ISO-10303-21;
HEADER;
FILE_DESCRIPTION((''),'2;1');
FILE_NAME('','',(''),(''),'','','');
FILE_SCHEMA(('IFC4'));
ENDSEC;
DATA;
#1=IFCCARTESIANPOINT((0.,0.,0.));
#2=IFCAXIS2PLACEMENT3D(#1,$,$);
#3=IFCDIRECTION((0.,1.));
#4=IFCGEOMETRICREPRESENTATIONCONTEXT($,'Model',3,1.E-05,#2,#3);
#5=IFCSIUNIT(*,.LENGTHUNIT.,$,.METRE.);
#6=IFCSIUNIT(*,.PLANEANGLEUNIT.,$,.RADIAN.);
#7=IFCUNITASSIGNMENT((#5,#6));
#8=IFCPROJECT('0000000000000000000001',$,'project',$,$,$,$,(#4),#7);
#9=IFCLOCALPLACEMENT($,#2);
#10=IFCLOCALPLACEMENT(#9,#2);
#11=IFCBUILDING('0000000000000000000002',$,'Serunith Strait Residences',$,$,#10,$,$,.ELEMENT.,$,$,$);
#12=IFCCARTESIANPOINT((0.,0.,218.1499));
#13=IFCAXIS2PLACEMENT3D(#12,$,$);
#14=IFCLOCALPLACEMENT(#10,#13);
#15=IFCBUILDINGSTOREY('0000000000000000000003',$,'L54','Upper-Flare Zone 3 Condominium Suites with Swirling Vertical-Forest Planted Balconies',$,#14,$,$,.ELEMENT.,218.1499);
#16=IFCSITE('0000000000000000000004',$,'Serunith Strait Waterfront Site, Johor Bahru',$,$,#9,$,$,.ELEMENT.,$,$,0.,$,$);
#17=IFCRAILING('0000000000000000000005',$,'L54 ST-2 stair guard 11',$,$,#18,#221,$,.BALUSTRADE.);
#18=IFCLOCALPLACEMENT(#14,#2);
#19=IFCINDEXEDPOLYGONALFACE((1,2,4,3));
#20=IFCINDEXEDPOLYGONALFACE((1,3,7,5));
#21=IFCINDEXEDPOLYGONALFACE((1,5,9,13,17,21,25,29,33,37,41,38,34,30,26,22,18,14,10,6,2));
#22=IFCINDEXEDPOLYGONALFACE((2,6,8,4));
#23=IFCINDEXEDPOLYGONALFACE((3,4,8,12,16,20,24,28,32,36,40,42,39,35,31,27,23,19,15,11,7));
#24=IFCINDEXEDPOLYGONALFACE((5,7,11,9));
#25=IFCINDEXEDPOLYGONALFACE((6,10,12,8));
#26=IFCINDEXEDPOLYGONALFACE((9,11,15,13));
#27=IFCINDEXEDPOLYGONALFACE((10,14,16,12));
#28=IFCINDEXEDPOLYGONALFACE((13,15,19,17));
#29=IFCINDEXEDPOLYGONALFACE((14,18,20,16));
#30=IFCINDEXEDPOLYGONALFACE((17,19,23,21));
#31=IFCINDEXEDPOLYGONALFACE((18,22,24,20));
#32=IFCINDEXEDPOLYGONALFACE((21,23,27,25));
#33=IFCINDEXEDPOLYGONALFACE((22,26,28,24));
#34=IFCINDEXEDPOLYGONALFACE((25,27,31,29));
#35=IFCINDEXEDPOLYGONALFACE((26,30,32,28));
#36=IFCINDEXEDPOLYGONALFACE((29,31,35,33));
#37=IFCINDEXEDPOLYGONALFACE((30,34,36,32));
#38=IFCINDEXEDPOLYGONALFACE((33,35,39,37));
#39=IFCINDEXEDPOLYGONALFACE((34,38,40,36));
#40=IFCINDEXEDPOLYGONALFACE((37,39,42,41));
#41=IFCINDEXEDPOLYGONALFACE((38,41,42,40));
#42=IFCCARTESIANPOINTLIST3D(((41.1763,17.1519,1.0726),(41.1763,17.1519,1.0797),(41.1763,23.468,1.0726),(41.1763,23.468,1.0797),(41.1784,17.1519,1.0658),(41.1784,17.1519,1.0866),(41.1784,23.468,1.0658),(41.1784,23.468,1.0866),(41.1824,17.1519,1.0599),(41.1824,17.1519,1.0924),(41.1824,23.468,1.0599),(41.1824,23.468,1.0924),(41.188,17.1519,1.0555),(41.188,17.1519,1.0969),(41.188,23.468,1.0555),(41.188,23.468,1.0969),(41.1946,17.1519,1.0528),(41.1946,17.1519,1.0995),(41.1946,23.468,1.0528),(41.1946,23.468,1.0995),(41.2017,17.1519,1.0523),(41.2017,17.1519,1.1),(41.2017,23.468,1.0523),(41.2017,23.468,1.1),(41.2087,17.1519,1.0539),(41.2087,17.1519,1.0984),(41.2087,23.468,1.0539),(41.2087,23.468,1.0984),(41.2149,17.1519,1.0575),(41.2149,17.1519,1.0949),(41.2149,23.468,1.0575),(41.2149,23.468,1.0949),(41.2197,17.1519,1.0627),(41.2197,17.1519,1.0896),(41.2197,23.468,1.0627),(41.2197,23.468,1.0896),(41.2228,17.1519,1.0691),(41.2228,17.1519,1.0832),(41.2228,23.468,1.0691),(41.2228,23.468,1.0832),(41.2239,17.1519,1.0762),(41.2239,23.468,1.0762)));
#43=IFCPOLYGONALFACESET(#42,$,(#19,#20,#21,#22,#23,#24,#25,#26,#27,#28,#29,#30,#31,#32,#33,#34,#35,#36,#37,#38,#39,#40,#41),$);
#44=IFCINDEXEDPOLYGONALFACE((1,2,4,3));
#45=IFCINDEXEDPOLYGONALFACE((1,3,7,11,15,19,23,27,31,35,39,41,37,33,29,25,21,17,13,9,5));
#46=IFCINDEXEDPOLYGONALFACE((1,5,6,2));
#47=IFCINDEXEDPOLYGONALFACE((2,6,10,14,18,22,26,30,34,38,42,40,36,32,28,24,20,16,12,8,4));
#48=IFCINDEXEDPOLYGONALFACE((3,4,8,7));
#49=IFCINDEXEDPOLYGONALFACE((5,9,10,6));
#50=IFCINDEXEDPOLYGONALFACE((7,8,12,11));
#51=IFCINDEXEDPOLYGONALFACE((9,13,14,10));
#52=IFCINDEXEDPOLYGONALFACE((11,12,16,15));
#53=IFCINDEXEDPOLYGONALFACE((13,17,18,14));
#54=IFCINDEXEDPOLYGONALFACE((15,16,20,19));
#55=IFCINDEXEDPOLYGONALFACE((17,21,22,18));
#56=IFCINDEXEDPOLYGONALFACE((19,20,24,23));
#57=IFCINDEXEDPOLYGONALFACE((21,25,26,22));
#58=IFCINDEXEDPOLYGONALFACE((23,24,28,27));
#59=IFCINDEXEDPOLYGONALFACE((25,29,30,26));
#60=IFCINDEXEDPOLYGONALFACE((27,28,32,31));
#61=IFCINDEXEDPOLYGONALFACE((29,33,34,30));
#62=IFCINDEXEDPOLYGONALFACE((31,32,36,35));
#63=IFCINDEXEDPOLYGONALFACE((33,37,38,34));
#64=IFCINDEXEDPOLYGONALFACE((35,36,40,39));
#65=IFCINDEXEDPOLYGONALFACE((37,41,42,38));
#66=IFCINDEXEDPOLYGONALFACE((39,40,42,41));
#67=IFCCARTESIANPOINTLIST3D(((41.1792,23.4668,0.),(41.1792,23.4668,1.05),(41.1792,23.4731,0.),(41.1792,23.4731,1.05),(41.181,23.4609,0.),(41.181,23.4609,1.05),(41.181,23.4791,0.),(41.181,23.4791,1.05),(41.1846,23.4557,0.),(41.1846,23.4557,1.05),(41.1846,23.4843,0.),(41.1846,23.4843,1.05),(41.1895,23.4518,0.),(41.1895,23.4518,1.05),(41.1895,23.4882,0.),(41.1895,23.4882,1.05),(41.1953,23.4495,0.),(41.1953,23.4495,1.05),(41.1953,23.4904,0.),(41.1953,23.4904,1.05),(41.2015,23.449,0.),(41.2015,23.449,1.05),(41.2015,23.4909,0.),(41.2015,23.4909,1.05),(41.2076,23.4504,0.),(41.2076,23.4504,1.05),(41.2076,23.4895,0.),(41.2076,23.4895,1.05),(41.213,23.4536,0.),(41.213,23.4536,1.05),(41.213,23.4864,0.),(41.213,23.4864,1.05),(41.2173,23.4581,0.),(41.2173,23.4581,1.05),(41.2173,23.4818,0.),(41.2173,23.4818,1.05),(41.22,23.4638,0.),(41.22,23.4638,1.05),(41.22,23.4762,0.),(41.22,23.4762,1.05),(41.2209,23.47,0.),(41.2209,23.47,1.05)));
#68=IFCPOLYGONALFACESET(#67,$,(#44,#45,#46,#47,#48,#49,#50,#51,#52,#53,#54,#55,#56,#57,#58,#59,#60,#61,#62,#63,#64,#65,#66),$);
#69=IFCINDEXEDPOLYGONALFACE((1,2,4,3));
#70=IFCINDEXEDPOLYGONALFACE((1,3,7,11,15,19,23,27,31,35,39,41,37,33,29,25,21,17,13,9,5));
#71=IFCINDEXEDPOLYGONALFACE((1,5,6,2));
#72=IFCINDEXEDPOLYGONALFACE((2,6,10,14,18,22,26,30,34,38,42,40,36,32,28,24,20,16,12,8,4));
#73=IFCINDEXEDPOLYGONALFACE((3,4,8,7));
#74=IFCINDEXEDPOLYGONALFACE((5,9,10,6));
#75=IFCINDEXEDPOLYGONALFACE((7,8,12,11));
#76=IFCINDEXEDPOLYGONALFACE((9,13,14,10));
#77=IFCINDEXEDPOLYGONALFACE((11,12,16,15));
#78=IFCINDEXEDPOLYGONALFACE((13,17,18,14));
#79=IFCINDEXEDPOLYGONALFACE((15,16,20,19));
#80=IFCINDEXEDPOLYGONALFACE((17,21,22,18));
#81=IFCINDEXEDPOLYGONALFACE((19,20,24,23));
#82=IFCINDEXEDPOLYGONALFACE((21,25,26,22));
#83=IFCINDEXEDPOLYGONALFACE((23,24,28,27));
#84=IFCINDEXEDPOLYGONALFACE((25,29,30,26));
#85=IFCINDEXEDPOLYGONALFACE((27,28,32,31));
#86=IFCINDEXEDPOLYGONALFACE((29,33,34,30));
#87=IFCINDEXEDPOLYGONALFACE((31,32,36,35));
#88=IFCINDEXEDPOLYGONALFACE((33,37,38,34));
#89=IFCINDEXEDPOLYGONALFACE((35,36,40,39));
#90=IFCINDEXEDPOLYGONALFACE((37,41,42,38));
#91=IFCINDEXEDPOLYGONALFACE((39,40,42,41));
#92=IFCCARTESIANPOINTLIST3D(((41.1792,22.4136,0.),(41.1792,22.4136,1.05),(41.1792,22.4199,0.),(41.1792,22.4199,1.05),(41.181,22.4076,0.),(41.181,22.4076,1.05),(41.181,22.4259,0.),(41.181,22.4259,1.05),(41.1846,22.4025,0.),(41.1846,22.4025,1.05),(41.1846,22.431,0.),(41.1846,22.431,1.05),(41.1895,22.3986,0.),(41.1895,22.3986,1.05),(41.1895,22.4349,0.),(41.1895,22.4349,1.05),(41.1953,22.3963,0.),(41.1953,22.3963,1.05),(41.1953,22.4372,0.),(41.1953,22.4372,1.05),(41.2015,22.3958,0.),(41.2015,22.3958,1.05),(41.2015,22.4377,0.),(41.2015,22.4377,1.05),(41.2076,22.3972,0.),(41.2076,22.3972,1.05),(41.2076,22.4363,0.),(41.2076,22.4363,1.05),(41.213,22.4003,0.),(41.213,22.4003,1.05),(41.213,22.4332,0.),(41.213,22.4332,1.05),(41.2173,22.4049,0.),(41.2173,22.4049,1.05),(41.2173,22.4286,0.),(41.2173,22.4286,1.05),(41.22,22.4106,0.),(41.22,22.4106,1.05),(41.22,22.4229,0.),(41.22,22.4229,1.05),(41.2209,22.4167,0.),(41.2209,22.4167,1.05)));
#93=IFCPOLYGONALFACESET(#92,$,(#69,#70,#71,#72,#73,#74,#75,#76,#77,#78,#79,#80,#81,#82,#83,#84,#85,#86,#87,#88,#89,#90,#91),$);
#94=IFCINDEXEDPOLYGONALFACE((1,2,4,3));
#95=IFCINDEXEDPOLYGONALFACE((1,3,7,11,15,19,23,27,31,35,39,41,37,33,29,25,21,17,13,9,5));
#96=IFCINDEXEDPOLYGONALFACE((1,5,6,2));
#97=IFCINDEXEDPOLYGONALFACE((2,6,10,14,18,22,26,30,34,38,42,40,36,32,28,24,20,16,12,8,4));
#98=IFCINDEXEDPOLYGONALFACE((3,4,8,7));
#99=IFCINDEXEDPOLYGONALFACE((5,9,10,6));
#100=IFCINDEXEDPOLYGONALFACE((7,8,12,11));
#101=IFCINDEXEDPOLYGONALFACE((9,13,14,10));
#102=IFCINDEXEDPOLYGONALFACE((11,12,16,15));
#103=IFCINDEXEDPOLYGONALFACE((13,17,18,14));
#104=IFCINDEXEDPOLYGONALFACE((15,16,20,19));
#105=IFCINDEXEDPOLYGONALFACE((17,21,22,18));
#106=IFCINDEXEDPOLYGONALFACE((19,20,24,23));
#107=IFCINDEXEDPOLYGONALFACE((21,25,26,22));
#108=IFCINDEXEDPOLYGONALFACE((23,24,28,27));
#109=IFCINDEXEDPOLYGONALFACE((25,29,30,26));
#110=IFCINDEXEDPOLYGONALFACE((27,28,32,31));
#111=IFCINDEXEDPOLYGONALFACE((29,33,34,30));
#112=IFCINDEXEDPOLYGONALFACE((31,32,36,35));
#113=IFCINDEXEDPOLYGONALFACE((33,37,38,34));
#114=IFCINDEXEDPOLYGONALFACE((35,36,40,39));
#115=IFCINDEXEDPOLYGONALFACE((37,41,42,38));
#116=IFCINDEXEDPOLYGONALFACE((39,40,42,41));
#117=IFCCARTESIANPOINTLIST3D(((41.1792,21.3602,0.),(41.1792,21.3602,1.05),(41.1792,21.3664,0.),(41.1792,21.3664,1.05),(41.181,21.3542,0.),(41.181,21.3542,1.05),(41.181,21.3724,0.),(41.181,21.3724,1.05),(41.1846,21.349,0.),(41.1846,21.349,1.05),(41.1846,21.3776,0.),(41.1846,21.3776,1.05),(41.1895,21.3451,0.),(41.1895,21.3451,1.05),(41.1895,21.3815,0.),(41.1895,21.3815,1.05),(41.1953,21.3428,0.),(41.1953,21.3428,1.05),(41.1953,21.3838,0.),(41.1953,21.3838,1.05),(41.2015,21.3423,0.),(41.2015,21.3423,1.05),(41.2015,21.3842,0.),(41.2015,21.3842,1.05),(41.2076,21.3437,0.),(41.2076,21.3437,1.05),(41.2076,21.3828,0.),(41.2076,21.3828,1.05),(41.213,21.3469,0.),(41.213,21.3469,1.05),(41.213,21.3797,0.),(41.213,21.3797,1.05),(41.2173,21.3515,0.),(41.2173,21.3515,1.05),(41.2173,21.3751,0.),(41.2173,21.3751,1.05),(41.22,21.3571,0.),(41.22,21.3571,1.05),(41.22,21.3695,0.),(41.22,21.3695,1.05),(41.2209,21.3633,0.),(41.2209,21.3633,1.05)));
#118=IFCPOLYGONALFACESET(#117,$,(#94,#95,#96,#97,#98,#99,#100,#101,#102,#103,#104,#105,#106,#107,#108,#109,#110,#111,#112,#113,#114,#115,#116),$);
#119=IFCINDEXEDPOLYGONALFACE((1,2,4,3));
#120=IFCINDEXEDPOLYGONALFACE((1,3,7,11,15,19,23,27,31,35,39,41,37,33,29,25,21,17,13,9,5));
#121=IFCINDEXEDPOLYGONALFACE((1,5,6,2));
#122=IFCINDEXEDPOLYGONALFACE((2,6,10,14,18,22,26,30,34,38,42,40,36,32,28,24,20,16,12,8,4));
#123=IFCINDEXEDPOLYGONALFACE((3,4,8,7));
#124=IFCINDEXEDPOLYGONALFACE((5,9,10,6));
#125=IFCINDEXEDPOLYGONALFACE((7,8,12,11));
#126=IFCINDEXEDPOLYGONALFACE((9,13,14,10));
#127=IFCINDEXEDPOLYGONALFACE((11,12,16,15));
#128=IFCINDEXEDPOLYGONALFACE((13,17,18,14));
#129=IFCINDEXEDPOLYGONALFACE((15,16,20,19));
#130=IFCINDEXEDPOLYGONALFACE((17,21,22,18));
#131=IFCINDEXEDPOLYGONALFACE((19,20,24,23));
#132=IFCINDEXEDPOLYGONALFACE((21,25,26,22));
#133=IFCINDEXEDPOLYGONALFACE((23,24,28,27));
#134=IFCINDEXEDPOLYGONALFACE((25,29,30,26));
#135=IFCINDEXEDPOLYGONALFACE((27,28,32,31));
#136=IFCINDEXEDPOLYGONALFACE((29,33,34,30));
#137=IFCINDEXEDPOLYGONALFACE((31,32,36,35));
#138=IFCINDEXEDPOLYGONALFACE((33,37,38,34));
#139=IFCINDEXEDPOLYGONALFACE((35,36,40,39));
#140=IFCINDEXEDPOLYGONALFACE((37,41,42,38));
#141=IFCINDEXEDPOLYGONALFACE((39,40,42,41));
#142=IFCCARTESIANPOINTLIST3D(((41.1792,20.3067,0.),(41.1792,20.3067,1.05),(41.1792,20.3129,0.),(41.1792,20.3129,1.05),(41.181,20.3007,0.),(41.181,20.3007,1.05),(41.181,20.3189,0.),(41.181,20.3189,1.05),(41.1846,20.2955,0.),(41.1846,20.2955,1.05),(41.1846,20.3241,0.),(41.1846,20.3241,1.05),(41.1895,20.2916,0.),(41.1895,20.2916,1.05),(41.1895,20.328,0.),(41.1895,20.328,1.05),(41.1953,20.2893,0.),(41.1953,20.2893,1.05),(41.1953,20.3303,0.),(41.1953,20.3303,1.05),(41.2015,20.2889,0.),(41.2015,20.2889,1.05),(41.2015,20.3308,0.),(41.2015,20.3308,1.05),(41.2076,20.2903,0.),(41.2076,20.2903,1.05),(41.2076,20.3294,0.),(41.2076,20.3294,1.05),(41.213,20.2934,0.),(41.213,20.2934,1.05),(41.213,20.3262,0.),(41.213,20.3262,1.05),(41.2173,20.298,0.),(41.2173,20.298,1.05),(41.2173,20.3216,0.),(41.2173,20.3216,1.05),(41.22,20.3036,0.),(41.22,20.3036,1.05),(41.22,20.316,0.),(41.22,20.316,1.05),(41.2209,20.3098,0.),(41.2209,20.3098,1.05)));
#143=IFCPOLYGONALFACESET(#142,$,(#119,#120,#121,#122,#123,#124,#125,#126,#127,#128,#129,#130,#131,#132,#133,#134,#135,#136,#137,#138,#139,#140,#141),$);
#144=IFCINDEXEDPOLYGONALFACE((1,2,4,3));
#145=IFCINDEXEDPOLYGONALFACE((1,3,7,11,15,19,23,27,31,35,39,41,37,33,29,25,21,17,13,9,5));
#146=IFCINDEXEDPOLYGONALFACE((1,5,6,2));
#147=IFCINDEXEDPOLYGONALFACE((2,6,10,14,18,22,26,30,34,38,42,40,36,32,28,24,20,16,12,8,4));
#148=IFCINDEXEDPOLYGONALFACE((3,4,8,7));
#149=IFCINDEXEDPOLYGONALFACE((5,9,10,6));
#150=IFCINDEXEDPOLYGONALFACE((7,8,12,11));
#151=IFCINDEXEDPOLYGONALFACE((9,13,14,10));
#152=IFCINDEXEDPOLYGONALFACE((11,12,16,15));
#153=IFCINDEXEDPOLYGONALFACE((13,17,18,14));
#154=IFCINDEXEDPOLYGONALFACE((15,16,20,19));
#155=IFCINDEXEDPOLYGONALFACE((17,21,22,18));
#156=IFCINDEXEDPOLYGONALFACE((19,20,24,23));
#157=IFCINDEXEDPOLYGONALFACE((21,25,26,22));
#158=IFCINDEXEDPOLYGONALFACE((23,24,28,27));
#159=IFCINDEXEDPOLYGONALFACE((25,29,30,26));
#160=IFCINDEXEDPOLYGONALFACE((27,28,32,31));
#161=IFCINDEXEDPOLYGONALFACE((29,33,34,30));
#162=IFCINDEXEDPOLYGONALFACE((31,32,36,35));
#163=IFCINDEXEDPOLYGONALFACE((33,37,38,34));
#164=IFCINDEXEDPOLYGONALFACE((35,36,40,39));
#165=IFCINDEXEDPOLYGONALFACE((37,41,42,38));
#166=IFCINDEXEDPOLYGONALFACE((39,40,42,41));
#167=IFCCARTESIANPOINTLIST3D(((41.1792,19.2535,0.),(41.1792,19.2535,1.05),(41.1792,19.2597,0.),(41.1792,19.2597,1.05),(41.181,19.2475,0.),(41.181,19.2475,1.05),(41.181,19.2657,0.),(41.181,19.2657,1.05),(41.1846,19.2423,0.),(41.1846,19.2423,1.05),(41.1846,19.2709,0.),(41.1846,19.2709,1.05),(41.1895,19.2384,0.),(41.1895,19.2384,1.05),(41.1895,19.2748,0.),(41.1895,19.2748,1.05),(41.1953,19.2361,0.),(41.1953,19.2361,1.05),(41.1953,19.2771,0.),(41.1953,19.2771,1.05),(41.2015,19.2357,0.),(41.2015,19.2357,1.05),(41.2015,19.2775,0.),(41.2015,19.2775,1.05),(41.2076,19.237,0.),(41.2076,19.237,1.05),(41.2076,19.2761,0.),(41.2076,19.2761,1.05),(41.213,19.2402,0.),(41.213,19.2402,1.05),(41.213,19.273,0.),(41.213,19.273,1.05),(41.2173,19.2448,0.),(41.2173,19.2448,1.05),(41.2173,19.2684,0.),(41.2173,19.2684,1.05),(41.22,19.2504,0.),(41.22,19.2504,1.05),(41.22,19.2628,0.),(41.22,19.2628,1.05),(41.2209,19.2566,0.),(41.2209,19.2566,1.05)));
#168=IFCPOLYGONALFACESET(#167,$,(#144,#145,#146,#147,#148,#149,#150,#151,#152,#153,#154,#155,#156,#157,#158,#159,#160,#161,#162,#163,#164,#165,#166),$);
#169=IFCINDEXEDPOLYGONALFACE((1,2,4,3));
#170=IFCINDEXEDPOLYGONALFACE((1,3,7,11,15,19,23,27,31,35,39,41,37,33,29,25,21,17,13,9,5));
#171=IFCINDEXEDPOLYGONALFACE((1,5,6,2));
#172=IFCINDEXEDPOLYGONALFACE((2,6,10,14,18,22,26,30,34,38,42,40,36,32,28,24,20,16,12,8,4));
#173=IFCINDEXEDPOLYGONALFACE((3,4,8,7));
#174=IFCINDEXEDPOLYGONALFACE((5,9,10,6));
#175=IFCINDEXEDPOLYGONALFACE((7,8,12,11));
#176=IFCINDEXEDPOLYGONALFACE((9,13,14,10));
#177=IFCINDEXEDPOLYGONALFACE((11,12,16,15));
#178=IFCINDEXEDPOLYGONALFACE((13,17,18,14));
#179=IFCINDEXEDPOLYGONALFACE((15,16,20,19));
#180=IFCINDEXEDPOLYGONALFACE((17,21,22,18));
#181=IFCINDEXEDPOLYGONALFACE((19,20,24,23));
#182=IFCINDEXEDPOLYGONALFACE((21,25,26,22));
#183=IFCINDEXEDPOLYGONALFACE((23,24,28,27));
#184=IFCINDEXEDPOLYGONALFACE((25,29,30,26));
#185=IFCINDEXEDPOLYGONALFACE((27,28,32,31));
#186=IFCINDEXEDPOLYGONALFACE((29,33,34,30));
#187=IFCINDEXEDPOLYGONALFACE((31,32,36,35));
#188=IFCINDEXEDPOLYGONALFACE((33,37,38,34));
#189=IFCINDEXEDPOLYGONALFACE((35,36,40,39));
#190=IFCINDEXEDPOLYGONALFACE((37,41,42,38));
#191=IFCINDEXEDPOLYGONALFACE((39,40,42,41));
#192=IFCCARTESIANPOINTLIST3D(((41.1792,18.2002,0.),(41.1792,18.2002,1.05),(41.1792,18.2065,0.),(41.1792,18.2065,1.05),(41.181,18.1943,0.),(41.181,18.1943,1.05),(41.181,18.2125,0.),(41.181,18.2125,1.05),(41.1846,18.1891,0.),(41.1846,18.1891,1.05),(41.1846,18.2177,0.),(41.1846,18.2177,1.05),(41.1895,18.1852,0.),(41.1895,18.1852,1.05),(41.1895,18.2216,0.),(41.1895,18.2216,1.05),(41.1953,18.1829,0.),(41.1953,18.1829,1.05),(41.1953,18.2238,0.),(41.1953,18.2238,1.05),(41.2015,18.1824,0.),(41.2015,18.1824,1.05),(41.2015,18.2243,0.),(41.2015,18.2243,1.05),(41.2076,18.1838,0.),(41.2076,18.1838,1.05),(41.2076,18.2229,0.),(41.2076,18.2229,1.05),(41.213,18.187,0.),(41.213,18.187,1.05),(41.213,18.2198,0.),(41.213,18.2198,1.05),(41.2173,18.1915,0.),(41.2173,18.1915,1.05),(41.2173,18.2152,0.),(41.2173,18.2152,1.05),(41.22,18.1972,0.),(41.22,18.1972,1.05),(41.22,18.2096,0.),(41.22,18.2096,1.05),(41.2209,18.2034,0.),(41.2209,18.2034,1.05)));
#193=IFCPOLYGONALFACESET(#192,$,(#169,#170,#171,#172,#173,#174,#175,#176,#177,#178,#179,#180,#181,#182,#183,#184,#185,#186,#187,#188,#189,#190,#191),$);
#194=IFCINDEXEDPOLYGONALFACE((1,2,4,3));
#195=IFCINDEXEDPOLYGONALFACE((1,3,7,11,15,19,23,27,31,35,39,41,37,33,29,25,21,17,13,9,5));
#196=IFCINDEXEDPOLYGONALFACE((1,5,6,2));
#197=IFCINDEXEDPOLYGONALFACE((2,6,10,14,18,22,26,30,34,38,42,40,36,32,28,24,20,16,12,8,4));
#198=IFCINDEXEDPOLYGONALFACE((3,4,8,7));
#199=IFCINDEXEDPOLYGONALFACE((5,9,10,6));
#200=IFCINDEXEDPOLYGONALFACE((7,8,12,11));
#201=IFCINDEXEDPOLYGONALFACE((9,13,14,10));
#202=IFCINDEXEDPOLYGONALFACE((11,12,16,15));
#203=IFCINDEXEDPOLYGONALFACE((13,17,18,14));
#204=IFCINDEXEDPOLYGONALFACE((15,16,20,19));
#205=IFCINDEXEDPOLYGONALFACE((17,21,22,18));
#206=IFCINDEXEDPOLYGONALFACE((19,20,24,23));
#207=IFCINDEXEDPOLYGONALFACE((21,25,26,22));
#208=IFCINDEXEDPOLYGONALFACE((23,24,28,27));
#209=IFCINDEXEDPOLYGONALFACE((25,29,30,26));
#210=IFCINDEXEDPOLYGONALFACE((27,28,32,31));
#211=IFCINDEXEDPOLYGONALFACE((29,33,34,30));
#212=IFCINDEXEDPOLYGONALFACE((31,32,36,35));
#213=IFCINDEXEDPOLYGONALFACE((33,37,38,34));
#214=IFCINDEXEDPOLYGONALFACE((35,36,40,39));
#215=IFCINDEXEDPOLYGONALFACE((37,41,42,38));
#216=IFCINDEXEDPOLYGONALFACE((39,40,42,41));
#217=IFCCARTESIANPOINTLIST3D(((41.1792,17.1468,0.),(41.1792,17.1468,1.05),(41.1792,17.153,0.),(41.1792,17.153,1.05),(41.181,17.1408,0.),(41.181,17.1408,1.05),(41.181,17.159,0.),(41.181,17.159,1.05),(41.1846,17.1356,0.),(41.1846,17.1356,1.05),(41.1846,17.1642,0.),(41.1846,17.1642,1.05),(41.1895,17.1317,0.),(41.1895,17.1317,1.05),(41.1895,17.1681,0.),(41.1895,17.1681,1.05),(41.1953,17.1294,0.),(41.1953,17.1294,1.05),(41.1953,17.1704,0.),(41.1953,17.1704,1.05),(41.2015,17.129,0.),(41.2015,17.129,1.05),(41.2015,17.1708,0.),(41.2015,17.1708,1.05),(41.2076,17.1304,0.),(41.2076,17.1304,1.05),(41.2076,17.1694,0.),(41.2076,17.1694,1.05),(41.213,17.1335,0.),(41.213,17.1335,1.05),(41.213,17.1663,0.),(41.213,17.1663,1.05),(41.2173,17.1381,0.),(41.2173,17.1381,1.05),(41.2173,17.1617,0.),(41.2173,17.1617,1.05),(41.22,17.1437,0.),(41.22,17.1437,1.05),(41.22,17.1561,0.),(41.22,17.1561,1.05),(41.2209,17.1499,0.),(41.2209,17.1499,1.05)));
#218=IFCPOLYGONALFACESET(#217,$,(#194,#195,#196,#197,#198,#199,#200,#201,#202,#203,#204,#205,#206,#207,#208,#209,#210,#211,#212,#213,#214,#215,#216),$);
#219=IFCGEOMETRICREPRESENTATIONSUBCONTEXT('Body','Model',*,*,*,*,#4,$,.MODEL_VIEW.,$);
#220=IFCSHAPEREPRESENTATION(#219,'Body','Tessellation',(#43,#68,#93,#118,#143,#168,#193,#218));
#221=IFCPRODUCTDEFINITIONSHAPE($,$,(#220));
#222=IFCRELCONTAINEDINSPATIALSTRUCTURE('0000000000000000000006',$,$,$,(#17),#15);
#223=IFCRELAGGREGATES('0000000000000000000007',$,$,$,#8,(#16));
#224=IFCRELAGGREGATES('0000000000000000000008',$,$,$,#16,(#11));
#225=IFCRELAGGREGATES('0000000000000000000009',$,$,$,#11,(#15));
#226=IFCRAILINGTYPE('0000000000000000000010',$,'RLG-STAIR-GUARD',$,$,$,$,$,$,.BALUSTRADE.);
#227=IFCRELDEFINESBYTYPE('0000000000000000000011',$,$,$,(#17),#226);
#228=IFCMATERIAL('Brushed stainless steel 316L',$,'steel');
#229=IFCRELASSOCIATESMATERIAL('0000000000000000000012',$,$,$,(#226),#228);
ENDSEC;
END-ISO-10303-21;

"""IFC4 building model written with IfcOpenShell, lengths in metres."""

from ifc_helpers import new_model, si_unit, direction, frame, origin, origin_2d, place, context, subcontext, project, spatial, circle, extrude, material, type_object, element, save


model = new_model("IFC4")

# Units and contexts
model_context = context("Model", 3, precision=1e-05, world=origin(), true_north=direction((0.0, 1.0)))
body_context = subcontext(model_context, "Body", "Model", "MODEL_VIEW")
ifc_project = project(units=[si_unit("LENGTHUNIT", "METRE"), si_unit("PLANEANGLEUNIT", "RADIAN")], contexts=[model_context])

# Site, building, storey
site_placement = place(None, origin())
site = spatial("IfcSite", under=ifc_project, at=site_placement, Name="Serunith Strait Waterfront Site, Johor Bahru", CompositionType="ELEMENT", RefElevation=0.0)
building_placement = place(site_placement, origin())
building = spatial("IfcBuilding", under=site, at=building_placement, Name="Serunith Strait Residences", CompositionType="ELEMENT")
storey_placement = place(building_placement, frame((0.0, 0.0, 218.1499)))
storey = spatial("IfcBuildingStorey", under=building, at=storey_placement, Name="L54", Description="Upper-Flare Zone 3 Condominium Suites with Swirling Vertical-Forest Planted Balconies", CompositionType="ELEMENT", Elevation=218.1499)

# Railing
ifc_material_1 = material(Name="Brushed stainless steel 316L", Category="steel")
railing_type = type_object("IfcRailingType", Name="RLG-STAIR-GUARD", PredefinedType="BALUSTRADE", material=ifc_material_1)
railing_placement = place(storey_placement, frame((41.2, 23.47, 0.0)))
element("IfcRailing", 1, at=railing_placement, inside=storey, type_object=railing_type, Name="L54 ST-2 stair guard 11", PredefinedType="BALUSTRADE", context=body_context, shape_type="SweptSolid", body=[
    extrude(circle(Radius=0.0239, at=origin_2d()), frame((0.0, -0.002, 1.0762), z_axis=(0.0, -1.0, 0.0), x_axis=(1.0, 0.0, 0.0)), (0.0, 0.0, 1.0), 6.3162),
    extrude(circle(Radius=0.021, at=origin_2d()), origin(), (0.0, 0.0, 1.0), 1.05),
    extrude(circle(Radius=0.021, at=origin_2d()), frame((0.0, -1.0532, 0.0)), (0.0, 0.0, 1.0), 1.05),
    extrude(circle(Radius=0.021, at=origin_2d()), frame((0.0, -2.1067, 0.0)), (0.0, 0.0, 1.0), 1.05),
    extrude(circle(Radius=0.021, at=origin_2d()), frame((0.0, -3.1602, 0.0)), (0.0, 0.0, 1.0), 1.05),
    extrude(circle(Radius=0.021, at=origin_2d()), frame((0.0, -4.2134, 0.0)), (0.0, 0.0, 1.0), 1.05),
    extrude(circle(Radius=0.021, at=origin_2d()), frame((0.0, -5.2666, 0.0)), (0.0, 0.0, 1.0), 1.05),
    extrude(circle(Radius=0.021, at=origin_2d()), frame((0.0, -6.3201, 0.0)), (0.0, 0.0, 1.0), 1.05),
])

save(model, "model.ifc")
